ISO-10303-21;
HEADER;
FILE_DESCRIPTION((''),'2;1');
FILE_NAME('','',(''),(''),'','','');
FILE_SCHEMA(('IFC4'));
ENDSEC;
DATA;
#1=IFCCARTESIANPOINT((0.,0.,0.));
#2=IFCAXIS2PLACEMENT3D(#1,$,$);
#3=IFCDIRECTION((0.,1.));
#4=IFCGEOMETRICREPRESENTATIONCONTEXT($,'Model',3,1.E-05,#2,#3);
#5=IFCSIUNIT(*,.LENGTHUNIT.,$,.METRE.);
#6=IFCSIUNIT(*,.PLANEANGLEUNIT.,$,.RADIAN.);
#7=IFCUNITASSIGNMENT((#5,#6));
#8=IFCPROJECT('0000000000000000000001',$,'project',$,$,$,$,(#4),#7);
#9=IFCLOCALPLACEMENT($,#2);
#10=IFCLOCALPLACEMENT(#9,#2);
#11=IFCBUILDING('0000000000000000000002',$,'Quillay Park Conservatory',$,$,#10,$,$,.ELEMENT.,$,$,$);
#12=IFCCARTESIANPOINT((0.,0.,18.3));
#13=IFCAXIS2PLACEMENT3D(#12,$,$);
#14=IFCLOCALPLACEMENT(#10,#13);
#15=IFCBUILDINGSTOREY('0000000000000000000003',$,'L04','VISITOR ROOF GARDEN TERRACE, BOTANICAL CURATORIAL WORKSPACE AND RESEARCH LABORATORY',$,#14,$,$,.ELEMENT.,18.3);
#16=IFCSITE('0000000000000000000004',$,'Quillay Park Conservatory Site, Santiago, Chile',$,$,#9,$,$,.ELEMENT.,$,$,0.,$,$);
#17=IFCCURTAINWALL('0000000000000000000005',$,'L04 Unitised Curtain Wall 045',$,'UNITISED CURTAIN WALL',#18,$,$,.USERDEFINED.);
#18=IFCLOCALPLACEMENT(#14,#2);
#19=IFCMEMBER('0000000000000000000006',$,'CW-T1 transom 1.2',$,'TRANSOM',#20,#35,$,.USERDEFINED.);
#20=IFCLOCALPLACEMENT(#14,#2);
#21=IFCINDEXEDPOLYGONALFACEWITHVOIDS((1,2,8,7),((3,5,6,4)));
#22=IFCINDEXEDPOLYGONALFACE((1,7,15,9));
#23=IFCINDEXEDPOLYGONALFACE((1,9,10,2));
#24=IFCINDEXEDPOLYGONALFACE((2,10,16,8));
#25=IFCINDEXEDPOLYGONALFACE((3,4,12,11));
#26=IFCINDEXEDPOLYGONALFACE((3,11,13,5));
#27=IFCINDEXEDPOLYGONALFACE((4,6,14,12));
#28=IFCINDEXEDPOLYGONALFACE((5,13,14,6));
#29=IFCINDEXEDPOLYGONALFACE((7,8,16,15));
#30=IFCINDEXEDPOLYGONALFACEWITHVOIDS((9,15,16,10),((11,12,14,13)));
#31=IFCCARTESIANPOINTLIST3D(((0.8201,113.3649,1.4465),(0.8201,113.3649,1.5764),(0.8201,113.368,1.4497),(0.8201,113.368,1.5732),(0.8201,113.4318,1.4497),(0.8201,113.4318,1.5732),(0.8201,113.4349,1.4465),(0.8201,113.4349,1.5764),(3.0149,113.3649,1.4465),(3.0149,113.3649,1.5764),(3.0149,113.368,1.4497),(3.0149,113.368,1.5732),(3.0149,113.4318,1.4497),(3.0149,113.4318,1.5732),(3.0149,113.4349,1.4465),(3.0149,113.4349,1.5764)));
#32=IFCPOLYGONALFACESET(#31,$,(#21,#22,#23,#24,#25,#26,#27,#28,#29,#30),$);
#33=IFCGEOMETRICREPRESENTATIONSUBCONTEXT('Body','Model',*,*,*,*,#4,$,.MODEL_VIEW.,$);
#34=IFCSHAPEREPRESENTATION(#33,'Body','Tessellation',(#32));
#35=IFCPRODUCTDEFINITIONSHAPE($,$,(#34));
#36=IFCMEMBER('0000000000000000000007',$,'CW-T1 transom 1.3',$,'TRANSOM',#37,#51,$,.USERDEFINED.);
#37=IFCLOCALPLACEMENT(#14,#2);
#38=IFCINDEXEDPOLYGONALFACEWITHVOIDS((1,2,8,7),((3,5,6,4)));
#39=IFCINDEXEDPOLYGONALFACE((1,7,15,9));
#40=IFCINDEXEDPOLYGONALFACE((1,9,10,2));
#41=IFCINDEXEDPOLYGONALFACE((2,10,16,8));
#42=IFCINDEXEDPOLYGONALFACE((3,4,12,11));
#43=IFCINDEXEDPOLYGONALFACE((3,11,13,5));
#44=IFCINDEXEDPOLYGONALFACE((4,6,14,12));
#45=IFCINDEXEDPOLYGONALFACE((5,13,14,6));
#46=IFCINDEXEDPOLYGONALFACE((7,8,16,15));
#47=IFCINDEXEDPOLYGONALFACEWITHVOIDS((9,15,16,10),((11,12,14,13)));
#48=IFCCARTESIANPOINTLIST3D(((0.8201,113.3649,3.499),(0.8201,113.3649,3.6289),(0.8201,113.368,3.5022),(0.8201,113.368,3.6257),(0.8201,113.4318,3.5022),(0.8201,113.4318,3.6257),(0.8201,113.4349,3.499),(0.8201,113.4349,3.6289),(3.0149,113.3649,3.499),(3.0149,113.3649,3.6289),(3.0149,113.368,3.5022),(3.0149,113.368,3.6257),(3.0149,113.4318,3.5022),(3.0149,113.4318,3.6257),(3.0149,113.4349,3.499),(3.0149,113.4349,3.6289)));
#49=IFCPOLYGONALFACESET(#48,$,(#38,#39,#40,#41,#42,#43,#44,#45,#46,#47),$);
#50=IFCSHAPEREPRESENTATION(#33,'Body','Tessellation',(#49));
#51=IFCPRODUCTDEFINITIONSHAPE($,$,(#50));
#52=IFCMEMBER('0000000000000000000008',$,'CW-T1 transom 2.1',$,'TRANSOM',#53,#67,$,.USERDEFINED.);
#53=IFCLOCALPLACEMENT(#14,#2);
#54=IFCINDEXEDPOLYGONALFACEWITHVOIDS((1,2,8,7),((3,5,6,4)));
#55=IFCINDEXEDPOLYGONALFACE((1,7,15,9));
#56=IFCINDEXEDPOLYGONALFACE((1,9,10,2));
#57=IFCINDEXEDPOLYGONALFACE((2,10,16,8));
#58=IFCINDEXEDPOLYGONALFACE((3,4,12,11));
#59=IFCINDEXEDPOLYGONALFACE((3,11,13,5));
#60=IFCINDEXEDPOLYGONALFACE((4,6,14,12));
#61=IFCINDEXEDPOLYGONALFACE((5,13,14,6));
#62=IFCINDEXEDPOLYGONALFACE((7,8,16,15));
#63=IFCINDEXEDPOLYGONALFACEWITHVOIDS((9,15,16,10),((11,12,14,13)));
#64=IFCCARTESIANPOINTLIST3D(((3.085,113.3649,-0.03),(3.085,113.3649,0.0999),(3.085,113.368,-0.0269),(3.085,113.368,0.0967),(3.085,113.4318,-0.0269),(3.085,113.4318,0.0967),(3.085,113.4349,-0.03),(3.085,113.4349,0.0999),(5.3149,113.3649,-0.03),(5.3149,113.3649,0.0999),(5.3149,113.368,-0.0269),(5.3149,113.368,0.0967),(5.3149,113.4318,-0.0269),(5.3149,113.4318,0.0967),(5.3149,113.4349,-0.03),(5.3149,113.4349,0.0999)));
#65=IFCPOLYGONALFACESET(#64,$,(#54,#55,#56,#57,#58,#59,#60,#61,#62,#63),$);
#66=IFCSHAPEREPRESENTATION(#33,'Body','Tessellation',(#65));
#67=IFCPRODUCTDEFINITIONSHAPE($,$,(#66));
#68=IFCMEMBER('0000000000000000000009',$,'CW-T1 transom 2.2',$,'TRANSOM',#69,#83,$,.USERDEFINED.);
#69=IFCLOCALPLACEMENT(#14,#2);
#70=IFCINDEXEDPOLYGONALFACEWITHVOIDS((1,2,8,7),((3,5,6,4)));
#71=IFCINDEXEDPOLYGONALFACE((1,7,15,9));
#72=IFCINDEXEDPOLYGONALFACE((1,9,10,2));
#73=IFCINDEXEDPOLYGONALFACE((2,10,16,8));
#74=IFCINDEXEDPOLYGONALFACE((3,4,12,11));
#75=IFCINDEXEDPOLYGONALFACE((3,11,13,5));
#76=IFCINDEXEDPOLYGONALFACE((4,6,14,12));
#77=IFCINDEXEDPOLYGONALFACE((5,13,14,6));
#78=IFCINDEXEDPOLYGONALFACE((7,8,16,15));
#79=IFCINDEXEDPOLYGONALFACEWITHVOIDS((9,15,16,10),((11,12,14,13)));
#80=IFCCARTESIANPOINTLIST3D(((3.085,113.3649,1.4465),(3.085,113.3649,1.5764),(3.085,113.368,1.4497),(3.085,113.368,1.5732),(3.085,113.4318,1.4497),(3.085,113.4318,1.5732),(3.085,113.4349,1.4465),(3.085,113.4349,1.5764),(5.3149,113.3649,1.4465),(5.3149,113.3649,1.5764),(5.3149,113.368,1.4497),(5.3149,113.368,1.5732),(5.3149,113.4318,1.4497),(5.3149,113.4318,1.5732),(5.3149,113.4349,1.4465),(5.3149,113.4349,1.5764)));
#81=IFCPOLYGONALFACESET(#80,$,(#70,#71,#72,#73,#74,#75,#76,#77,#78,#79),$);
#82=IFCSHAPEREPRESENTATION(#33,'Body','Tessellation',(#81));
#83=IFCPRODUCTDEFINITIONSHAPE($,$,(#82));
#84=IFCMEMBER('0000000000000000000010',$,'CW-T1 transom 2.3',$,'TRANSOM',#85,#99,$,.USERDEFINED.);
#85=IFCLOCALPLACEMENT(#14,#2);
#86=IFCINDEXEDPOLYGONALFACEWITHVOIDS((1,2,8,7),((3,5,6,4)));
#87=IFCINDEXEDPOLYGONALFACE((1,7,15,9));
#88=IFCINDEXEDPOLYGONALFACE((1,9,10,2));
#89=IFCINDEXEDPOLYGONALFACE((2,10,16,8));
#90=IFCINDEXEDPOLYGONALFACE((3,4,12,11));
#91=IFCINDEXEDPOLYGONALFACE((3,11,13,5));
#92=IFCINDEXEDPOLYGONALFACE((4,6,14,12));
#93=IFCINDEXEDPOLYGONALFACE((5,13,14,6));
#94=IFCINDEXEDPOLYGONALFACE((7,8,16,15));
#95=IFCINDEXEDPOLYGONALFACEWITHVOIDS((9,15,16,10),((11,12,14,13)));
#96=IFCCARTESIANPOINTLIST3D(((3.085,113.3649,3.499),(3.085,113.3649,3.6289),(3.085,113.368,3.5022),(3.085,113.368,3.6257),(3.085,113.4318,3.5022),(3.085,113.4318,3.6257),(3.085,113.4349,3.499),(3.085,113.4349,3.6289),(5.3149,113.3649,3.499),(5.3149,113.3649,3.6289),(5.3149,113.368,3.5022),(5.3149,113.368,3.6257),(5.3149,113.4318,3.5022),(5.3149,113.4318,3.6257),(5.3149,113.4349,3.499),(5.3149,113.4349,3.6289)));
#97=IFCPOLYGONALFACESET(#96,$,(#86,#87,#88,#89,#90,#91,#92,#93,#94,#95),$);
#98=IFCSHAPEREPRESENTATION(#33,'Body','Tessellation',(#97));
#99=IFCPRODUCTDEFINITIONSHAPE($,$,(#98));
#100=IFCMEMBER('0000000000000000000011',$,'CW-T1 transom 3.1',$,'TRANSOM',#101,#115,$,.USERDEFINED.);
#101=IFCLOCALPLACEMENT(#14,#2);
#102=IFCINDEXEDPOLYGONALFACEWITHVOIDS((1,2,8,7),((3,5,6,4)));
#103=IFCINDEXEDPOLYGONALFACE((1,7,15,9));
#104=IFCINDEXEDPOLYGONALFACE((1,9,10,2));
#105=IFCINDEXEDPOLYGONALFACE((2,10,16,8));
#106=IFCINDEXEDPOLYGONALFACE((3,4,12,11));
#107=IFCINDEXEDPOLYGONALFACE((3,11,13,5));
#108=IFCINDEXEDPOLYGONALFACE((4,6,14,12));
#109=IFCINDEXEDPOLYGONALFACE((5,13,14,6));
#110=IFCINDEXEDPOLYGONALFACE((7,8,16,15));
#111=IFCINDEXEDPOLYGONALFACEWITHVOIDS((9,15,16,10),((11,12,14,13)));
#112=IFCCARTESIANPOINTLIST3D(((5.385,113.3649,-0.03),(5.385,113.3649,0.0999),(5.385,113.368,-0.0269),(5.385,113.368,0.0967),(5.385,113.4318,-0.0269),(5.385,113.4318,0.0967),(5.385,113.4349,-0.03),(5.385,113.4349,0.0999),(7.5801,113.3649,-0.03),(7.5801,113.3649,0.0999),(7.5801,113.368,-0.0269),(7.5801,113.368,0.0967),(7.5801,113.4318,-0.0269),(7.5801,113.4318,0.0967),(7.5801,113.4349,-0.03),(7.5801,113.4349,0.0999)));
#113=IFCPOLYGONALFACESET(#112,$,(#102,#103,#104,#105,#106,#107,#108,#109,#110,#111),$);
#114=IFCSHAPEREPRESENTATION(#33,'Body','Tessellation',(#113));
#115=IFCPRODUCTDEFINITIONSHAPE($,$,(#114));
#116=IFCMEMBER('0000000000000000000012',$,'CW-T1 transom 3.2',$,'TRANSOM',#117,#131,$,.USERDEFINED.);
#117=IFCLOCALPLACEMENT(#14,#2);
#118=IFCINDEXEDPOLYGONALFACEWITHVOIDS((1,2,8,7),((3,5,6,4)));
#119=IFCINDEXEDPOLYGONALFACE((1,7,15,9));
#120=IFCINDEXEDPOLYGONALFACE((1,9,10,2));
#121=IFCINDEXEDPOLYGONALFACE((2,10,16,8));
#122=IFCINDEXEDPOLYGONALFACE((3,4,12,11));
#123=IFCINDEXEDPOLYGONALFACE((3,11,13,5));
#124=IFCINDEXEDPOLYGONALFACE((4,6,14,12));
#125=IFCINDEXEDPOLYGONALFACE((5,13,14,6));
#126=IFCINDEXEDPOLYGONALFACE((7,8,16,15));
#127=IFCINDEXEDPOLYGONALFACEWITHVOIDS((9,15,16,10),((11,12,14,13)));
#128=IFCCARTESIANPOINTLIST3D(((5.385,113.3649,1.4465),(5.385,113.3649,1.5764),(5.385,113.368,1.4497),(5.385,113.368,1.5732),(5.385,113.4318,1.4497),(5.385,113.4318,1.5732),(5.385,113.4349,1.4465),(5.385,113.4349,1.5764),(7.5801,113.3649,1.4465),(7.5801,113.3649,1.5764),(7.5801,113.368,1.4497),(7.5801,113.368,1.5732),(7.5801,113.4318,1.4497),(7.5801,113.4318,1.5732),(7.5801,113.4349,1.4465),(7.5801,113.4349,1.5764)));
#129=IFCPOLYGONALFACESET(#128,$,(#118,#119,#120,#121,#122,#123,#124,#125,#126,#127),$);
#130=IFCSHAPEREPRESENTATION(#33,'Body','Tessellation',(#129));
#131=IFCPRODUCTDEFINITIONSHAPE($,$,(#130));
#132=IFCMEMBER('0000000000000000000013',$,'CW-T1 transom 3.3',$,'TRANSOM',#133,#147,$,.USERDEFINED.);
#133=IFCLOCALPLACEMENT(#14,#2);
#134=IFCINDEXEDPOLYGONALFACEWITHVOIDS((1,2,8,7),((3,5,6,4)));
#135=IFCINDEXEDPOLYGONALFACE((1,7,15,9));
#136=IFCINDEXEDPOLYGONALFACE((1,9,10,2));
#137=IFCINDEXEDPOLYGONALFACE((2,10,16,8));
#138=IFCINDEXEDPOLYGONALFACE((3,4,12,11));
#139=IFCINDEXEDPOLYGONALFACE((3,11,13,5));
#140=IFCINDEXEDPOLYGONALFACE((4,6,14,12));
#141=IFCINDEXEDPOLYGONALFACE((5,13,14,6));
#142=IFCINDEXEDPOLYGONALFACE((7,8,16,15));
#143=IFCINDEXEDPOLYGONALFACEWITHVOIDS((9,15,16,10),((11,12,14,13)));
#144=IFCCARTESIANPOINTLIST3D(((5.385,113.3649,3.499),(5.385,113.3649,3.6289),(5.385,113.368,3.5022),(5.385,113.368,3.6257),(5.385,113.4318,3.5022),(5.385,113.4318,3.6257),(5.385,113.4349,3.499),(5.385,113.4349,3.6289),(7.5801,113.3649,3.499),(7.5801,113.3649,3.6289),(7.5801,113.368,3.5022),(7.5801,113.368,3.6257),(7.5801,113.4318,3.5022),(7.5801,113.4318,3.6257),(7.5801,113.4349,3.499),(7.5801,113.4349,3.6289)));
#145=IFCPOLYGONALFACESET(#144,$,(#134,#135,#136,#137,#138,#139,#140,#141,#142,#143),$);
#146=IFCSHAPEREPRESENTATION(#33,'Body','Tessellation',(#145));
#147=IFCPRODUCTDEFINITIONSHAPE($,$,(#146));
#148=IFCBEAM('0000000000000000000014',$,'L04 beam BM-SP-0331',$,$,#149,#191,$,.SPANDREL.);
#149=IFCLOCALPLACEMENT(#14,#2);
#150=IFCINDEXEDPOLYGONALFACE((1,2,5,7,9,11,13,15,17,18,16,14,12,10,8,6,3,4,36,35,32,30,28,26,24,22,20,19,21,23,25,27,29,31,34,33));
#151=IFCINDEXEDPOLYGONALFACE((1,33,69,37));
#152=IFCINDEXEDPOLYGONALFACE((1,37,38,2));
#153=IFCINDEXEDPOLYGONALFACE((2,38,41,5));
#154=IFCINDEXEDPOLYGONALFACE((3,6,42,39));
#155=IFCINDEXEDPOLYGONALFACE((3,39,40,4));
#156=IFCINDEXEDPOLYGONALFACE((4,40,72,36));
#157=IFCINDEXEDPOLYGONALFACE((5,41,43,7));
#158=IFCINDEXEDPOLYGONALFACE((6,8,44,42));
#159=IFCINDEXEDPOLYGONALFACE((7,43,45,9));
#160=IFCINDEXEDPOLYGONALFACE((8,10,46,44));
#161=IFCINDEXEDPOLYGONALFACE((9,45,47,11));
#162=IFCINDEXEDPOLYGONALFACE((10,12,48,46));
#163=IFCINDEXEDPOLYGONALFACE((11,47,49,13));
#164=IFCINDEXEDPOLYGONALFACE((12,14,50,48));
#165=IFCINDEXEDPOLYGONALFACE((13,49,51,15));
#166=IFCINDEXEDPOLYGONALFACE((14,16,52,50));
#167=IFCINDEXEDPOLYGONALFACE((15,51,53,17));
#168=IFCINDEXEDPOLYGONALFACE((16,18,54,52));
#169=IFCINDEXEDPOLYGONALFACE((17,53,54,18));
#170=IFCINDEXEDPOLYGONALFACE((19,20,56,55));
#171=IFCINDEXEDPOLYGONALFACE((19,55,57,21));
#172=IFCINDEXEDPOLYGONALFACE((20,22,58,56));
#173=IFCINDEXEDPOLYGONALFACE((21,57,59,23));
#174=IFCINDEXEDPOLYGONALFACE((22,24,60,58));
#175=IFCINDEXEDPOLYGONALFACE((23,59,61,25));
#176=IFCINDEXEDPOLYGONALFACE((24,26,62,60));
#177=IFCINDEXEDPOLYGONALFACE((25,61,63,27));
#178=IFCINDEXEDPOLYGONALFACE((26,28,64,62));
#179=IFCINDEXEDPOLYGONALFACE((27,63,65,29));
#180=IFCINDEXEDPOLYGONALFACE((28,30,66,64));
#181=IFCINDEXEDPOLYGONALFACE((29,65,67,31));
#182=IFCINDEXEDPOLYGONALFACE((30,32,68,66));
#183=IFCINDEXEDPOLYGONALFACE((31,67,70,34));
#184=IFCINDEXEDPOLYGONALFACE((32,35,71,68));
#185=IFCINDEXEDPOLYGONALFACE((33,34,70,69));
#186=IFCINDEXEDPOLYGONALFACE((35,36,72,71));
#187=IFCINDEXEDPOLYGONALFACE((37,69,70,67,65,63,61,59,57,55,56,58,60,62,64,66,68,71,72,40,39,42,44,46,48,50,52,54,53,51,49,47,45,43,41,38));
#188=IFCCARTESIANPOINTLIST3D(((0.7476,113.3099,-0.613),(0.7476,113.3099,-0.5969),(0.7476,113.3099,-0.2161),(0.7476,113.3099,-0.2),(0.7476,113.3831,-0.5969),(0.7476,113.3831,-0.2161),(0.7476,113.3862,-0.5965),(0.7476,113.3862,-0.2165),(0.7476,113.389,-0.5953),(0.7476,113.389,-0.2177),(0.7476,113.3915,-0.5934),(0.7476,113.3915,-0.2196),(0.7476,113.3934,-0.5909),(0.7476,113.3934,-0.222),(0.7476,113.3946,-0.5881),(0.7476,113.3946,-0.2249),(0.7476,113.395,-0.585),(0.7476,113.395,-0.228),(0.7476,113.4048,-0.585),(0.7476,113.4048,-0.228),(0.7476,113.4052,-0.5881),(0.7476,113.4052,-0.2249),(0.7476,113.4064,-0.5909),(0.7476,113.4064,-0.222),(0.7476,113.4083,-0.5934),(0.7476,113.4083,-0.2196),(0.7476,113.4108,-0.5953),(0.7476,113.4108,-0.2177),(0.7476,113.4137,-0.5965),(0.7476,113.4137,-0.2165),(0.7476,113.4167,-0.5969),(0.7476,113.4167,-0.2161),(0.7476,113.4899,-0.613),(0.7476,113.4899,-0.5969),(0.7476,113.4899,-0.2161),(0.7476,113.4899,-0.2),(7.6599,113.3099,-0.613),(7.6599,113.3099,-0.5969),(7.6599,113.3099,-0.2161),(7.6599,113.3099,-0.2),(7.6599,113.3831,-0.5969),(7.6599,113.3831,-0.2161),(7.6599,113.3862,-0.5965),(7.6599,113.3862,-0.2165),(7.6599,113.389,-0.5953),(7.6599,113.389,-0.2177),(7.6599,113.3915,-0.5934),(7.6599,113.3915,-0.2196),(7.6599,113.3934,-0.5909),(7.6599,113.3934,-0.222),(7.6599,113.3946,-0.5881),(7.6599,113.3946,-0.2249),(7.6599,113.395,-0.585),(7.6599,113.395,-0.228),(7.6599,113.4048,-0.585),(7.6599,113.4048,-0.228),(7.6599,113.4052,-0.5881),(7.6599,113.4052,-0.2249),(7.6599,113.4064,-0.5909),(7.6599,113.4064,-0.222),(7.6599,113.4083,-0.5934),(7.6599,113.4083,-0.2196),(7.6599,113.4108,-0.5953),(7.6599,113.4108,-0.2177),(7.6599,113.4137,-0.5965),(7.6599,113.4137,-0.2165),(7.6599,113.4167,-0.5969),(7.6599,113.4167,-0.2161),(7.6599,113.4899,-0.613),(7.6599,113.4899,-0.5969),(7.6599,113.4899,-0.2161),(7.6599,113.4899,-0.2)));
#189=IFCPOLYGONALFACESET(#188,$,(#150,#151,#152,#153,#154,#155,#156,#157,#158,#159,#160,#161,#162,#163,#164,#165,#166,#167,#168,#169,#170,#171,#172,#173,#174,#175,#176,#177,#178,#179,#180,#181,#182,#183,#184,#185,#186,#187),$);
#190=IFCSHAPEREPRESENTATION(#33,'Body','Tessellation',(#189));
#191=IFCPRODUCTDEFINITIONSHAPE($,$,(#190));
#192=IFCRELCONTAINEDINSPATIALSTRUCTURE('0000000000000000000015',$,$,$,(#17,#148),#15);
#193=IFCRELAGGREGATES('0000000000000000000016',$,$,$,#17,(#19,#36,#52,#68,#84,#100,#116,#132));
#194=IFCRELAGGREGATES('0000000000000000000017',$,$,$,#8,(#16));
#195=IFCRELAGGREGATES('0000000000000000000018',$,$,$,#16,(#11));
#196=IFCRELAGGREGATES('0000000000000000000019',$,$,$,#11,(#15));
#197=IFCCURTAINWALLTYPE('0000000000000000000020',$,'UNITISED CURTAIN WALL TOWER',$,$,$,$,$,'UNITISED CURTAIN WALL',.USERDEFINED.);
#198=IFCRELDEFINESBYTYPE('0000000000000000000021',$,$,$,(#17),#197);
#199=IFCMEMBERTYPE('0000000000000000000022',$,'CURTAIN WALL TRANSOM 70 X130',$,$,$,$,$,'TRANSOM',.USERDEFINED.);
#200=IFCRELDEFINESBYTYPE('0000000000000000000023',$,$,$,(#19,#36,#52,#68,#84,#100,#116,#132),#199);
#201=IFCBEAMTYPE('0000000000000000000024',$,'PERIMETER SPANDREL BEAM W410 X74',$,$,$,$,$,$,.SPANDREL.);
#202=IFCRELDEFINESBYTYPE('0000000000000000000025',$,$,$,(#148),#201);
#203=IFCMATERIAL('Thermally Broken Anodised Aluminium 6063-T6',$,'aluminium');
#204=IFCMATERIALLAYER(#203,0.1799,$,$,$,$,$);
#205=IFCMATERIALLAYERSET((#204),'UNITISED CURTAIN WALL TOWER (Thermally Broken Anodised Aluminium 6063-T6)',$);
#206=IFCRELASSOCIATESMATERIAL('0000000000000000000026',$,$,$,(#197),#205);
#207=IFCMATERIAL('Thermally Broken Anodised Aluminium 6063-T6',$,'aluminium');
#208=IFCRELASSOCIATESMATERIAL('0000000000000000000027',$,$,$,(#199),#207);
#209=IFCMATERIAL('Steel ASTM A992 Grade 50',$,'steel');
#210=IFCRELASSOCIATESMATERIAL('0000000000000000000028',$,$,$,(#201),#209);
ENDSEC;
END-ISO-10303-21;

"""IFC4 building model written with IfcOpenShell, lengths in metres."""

from ifc_helpers import new_model, si_unit, direction, frame, origin, origin_2d, place, context, subcontext, project, spatial, hollow_rectangle, i_section, extrude, material, layer, layer_set, material_profile, profile_set, type_object, element, aggregate, save


model = new_model("IFC4")

# Units and contexts
model_context = context("Model", 3, precision=1e-05, world=origin(), true_north=direction((0.0, 1.0)))
body_context = subcontext(model_context, "Body", "Model", "MODEL_VIEW")
ifc_project = project(units=[si_unit("LENGTHUNIT", "METRE"), si_unit("PLANEANGLEUNIT", "RADIAN")], contexts=[model_context])

# Site, building, storey
site_placement = place(None, origin())
site = spatial("IfcSite", under=ifc_project, at=site_placement, Name="Quillay Park Conservatory Site, Santiago, Chile", CompositionType="ELEMENT", RefElevation=0.0)
building_placement = place(site_placement, origin())
building = spatial("IfcBuilding", under=site, at=building_placement, Name="Quillay Park Conservatory", CompositionType="ELEMENT")
storey_placement = place(building_placement, frame((0.0, 0.0, 18.3)))
storey = spatial("IfcBuildingStorey", under=building, at=storey_placement, Name="L04", Description="VISITOR ROOF GARDEN TERRACE, BOTANICAL CURATORIAL WORKSPACE AND RESEARCH LABORATORY", CompositionType="ELEMENT", Elevation=18.3)

# Curtain wall, members
ifc_material_1 = material(Name="Thermally Broken Anodised Aluminium 6063-T6", Category="aluminium")
ifc_layer_1 = layer(ifc_material_1, 0.1799)
ifc_layer_set_1 = layer_set([ifc_layer_1], Name="UNITISED CURTAIN WALL TOWER (Thermally Broken Anodised Aluminium 6063-T6)")
curtain_wall_type = type_object("IfcCurtainWallType", Name="UNITISED CURTAIN WALL TOWER", ElementType="UNITISED CURTAIN WALL", PredefinedType="USERDEFINED", material=ifc_layer_set_1)
curtain_wall_placement = place(storey_placement, origin())
curtain_wall = element("IfcCurtainWall", 1, at=curtain_wall_placement, inside=storey, type_object=curtain_wall_type, Name="L04 Unitised Curtain Wall 045", ObjectType="UNITISED CURTAIN WALL", PredefinedType="USERDEFINED")
ifc_material_2 = material(Name="Thermally Broken Anodised Aluminium 6063-T6", Category="aluminium")
ifc_material_profile_1 = material_profile(ifc_material_2, hollow_rectangle(XDim=0.0701, YDim=0.1299, WallThickness=0.0032, at=origin_2d()), Name="AL70x130x3.2")
ifc_profile_set_1 = profile_set([ifc_material_profile_1], Name="Thermally Broken Anodised Aluminium 6063-T6")
member_type_1 = type_object("IfcMemberType", Name="CURTAIN WALL TRANSOM 70 X130", ElementType="TRANSOM", PredefinedType="USERDEFINED", material=ifc_profile_set_1)
member_1_placement = place(storey_placement, frame((0.8201, 113.3999, 1.5115), z_axis=(1.0, 0.0, 0.0), x_axis=(0.0, 1.0, 0.0)))
member_1 = element("IfcMember", 2, at=member_1_placement, type_object=member_type_1, Name="CW-T1 transom 1.2", ObjectType="TRANSOM", PredefinedType="USERDEFINED", context=body_context, shape_type="SweptSolid", body=[
    extrude(hollow_rectangle(XDim=0.0701, YDim=0.1299, WallThickness=0.0032, at=origin_2d()), origin(), (0.0, 0.0, 1.0), 2.1948),
])
member_2_placement = place(storey_placement, frame((0.8201, 113.3999, 3.564), z_axis=(1.0, 0.0, 0.0), x_axis=(0.0, 1.0, 0.0)))
member_2 = element("IfcMember", 3, at=member_2_placement, type_object=member_type_1, Name="CW-T1 transom 1.3", ObjectType="TRANSOM", PredefinedType="USERDEFINED", context=body_context, shape_type="SweptSolid", body=[
    extrude(hollow_rectangle(XDim=0.0701, YDim=0.1299, WallThickness=0.0032, at=origin_2d()), origin(), (0.0, 0.0, 1.0), 2.1948),
])
member_3_placement = place(storey_placement, frame((3.085, 113.3999, 0.0349), z_axis=(1.0, 0.0, 0.0), x_axis=(0.0, 1.0, 0.0)))
member_3 = element("IfcMember", 4, at=member_3_placement, type_object=member_type_1, Name="CW-T1 transom 2.1", ObjectType="TRANSOM", PredefinedType="USERDEFINED", context=body_context, shape_type="SweptSolid", body=[
    extrude(hollow_rectangle(XDim=0.0701, YDim=0.1299, WallThickness=0.0032, at=origin_2d()), origin(), (0.0, 0.0, 1.0), 2.23),
])
member_4_placement = place(storey_placement, frame((3.085, 113.3999, 1.5115), z_axis=(1.0, 0.0, 0.0), x_axis=(0.0, 1.0, 0.0)))
member_4 = element("IfcMember", 5, at=member_4_placement, type_object=member_type_1, Name="CW-T1 transom 2.2", ObjectType="TRANSOM", PredefinedType="USERDEFINED", context=body_context, shape_type="SweptSolid", body=[
    extrude(hollow_rectangle(XDim=0.0701, YDim=0.1299, WallThickness=0.0032, at=origin_2d()), origin(), (0.0, 0.0, 1.0), 2.23),
])
member_5_placement = place(storey_placement, frame((3.085, 113.3999, 3.564), z_axis=(1.0, 0.0, 0.0), x_axis=(0.0, 1.0, 0.0)))
member_5 = element("IfcMember", 6, at=member_5_placement, type_object=member_type_1, Name="CW-T1 transom 2.3", ObjectType="TRANSOM", PredefinedType="USERDEFINED", context=body_context, shape_type="SweptSolid", body=[
    extrude(hollow_rectangle(XDim=0.0701, YDim=0.1299, WallThickness=0.0032, at=origin_2d()), origin(), (0.0, 0.0, 1.0), 2.23),
])
member_6_placement = place(storey_placement, frame((5.385, 113.3999, 0.0349), z_axis=(1.0, 0.0, 0.0), x_axis=(0.0, 1.0, 0.0)))
member_6 = element("IfcMember", 7, at=member_6_placement, type_object=member_type_1, Name="CW-T1 transom 3.1", ObjectType="TRANSOM", PredefinedType="USERDEFINED", context=body_context, shape_type="SweptSolid", body=[
    extrude(hollow_rectangle(XDim=0.0701, YDim=0.1299, WallThickness=0.0032, at=origin_2d()), origin(), (0.0, 0.0, 1.0), 2.1951),
])
member_7_placement = place(storey_placement, frame((5.385, 113.3999, 1.5115), z_axis=(1.0, 0.0, 0.0), x_axis=(0.0, 1.0, 0.0)))
member_7 = element("IfcMember", 8, at=member_7_placement, type_object=member_type_1, Name="CW-T1 transom 3.2", ObjectType="TRANSOM", PredefinedType="USERDEFINED", context=body_context, shape_type="SweptSolid", body=[
    extrude(hollow_rectangle(XDim=0.0701, YDim=0.1299, WallThickness=0.0032, at=origin_2d()), origin(), (0.0, 0.0, 1.0), 2.1951),
])
member_8_placement = place(storey_placement, frame((5.385, 113.3999, 3.564), z_axis=(1.0, 0.0, 0.0), x_axis=(0.0, 1.0, 0.0)))
member_8 = element("IfcMember", 9, at=member_8_placement, type_object=member_type_1, Name="CW-T1 transom 3.3", ObjectType="TRANSOM", PredefinedType="USERDEFINED", context=body_context, shape_type="SweptSolid", body=[
    extrude(hollow_rectangle(XDim=0.0701, YDim=0.1299, WallThickness=0.0032, at=origin_2d()), origin(), (0.0, 0.0, 1.0), 2.1951),
])

# Beam
ifc_material_3 = material(Name="Steel ASTM A992 Grade 50", Category="steel")
ifc_material_profile_2 = material_profile(ifc_material_3, i_section(OverallWidth=0.1799, OverallDepth=0.4131, WebThickness=0.0098, FlangeThickness=0.0161, FilletRadius=0.012, at=origin_2d()), Name="W410x74")
ifc_profile_set_2 = profile_set([ifc_material_profile_2], Name="Steel ASTM A992 Grade 50")
beam_type_1 = type_object("IfcBeamType", Name="PERIMETER SPANDREL BEAM W410 X74", PredefinedType="SPANDREL", material=ifc_profile_set_2)
beam_1_placement = place(storey_placement, frame((0.7476, 113.3999, -0.4065), z_axis=(1.0, 0.0, 0.0), x_axis=(0.0, 1.0, 0.0)))
element("IfcBeam", 10, at=beam_1_placement, inside=storey, type_object=beam_type_1, Name="L04 beam BM-SP-0331", PredefinedType="SPANDREL", context=body_context, shape_type="SweptSolid", body=[
    extrude(i_section(OverallWidth=0.1799, OverallDepth=0.4131, WebThickness=0.0098, FlangeThickness=0.0161, FilletRadius=0.012, at=origin_2d()), origin(), (0.0, 0.0, 1.0), 6.9124),
])

aggregate(curtain_wall, [member_1, member_2, member_3, member_4, member_5, member_6, member_7, member_8])

save(model, "model.ifc")
